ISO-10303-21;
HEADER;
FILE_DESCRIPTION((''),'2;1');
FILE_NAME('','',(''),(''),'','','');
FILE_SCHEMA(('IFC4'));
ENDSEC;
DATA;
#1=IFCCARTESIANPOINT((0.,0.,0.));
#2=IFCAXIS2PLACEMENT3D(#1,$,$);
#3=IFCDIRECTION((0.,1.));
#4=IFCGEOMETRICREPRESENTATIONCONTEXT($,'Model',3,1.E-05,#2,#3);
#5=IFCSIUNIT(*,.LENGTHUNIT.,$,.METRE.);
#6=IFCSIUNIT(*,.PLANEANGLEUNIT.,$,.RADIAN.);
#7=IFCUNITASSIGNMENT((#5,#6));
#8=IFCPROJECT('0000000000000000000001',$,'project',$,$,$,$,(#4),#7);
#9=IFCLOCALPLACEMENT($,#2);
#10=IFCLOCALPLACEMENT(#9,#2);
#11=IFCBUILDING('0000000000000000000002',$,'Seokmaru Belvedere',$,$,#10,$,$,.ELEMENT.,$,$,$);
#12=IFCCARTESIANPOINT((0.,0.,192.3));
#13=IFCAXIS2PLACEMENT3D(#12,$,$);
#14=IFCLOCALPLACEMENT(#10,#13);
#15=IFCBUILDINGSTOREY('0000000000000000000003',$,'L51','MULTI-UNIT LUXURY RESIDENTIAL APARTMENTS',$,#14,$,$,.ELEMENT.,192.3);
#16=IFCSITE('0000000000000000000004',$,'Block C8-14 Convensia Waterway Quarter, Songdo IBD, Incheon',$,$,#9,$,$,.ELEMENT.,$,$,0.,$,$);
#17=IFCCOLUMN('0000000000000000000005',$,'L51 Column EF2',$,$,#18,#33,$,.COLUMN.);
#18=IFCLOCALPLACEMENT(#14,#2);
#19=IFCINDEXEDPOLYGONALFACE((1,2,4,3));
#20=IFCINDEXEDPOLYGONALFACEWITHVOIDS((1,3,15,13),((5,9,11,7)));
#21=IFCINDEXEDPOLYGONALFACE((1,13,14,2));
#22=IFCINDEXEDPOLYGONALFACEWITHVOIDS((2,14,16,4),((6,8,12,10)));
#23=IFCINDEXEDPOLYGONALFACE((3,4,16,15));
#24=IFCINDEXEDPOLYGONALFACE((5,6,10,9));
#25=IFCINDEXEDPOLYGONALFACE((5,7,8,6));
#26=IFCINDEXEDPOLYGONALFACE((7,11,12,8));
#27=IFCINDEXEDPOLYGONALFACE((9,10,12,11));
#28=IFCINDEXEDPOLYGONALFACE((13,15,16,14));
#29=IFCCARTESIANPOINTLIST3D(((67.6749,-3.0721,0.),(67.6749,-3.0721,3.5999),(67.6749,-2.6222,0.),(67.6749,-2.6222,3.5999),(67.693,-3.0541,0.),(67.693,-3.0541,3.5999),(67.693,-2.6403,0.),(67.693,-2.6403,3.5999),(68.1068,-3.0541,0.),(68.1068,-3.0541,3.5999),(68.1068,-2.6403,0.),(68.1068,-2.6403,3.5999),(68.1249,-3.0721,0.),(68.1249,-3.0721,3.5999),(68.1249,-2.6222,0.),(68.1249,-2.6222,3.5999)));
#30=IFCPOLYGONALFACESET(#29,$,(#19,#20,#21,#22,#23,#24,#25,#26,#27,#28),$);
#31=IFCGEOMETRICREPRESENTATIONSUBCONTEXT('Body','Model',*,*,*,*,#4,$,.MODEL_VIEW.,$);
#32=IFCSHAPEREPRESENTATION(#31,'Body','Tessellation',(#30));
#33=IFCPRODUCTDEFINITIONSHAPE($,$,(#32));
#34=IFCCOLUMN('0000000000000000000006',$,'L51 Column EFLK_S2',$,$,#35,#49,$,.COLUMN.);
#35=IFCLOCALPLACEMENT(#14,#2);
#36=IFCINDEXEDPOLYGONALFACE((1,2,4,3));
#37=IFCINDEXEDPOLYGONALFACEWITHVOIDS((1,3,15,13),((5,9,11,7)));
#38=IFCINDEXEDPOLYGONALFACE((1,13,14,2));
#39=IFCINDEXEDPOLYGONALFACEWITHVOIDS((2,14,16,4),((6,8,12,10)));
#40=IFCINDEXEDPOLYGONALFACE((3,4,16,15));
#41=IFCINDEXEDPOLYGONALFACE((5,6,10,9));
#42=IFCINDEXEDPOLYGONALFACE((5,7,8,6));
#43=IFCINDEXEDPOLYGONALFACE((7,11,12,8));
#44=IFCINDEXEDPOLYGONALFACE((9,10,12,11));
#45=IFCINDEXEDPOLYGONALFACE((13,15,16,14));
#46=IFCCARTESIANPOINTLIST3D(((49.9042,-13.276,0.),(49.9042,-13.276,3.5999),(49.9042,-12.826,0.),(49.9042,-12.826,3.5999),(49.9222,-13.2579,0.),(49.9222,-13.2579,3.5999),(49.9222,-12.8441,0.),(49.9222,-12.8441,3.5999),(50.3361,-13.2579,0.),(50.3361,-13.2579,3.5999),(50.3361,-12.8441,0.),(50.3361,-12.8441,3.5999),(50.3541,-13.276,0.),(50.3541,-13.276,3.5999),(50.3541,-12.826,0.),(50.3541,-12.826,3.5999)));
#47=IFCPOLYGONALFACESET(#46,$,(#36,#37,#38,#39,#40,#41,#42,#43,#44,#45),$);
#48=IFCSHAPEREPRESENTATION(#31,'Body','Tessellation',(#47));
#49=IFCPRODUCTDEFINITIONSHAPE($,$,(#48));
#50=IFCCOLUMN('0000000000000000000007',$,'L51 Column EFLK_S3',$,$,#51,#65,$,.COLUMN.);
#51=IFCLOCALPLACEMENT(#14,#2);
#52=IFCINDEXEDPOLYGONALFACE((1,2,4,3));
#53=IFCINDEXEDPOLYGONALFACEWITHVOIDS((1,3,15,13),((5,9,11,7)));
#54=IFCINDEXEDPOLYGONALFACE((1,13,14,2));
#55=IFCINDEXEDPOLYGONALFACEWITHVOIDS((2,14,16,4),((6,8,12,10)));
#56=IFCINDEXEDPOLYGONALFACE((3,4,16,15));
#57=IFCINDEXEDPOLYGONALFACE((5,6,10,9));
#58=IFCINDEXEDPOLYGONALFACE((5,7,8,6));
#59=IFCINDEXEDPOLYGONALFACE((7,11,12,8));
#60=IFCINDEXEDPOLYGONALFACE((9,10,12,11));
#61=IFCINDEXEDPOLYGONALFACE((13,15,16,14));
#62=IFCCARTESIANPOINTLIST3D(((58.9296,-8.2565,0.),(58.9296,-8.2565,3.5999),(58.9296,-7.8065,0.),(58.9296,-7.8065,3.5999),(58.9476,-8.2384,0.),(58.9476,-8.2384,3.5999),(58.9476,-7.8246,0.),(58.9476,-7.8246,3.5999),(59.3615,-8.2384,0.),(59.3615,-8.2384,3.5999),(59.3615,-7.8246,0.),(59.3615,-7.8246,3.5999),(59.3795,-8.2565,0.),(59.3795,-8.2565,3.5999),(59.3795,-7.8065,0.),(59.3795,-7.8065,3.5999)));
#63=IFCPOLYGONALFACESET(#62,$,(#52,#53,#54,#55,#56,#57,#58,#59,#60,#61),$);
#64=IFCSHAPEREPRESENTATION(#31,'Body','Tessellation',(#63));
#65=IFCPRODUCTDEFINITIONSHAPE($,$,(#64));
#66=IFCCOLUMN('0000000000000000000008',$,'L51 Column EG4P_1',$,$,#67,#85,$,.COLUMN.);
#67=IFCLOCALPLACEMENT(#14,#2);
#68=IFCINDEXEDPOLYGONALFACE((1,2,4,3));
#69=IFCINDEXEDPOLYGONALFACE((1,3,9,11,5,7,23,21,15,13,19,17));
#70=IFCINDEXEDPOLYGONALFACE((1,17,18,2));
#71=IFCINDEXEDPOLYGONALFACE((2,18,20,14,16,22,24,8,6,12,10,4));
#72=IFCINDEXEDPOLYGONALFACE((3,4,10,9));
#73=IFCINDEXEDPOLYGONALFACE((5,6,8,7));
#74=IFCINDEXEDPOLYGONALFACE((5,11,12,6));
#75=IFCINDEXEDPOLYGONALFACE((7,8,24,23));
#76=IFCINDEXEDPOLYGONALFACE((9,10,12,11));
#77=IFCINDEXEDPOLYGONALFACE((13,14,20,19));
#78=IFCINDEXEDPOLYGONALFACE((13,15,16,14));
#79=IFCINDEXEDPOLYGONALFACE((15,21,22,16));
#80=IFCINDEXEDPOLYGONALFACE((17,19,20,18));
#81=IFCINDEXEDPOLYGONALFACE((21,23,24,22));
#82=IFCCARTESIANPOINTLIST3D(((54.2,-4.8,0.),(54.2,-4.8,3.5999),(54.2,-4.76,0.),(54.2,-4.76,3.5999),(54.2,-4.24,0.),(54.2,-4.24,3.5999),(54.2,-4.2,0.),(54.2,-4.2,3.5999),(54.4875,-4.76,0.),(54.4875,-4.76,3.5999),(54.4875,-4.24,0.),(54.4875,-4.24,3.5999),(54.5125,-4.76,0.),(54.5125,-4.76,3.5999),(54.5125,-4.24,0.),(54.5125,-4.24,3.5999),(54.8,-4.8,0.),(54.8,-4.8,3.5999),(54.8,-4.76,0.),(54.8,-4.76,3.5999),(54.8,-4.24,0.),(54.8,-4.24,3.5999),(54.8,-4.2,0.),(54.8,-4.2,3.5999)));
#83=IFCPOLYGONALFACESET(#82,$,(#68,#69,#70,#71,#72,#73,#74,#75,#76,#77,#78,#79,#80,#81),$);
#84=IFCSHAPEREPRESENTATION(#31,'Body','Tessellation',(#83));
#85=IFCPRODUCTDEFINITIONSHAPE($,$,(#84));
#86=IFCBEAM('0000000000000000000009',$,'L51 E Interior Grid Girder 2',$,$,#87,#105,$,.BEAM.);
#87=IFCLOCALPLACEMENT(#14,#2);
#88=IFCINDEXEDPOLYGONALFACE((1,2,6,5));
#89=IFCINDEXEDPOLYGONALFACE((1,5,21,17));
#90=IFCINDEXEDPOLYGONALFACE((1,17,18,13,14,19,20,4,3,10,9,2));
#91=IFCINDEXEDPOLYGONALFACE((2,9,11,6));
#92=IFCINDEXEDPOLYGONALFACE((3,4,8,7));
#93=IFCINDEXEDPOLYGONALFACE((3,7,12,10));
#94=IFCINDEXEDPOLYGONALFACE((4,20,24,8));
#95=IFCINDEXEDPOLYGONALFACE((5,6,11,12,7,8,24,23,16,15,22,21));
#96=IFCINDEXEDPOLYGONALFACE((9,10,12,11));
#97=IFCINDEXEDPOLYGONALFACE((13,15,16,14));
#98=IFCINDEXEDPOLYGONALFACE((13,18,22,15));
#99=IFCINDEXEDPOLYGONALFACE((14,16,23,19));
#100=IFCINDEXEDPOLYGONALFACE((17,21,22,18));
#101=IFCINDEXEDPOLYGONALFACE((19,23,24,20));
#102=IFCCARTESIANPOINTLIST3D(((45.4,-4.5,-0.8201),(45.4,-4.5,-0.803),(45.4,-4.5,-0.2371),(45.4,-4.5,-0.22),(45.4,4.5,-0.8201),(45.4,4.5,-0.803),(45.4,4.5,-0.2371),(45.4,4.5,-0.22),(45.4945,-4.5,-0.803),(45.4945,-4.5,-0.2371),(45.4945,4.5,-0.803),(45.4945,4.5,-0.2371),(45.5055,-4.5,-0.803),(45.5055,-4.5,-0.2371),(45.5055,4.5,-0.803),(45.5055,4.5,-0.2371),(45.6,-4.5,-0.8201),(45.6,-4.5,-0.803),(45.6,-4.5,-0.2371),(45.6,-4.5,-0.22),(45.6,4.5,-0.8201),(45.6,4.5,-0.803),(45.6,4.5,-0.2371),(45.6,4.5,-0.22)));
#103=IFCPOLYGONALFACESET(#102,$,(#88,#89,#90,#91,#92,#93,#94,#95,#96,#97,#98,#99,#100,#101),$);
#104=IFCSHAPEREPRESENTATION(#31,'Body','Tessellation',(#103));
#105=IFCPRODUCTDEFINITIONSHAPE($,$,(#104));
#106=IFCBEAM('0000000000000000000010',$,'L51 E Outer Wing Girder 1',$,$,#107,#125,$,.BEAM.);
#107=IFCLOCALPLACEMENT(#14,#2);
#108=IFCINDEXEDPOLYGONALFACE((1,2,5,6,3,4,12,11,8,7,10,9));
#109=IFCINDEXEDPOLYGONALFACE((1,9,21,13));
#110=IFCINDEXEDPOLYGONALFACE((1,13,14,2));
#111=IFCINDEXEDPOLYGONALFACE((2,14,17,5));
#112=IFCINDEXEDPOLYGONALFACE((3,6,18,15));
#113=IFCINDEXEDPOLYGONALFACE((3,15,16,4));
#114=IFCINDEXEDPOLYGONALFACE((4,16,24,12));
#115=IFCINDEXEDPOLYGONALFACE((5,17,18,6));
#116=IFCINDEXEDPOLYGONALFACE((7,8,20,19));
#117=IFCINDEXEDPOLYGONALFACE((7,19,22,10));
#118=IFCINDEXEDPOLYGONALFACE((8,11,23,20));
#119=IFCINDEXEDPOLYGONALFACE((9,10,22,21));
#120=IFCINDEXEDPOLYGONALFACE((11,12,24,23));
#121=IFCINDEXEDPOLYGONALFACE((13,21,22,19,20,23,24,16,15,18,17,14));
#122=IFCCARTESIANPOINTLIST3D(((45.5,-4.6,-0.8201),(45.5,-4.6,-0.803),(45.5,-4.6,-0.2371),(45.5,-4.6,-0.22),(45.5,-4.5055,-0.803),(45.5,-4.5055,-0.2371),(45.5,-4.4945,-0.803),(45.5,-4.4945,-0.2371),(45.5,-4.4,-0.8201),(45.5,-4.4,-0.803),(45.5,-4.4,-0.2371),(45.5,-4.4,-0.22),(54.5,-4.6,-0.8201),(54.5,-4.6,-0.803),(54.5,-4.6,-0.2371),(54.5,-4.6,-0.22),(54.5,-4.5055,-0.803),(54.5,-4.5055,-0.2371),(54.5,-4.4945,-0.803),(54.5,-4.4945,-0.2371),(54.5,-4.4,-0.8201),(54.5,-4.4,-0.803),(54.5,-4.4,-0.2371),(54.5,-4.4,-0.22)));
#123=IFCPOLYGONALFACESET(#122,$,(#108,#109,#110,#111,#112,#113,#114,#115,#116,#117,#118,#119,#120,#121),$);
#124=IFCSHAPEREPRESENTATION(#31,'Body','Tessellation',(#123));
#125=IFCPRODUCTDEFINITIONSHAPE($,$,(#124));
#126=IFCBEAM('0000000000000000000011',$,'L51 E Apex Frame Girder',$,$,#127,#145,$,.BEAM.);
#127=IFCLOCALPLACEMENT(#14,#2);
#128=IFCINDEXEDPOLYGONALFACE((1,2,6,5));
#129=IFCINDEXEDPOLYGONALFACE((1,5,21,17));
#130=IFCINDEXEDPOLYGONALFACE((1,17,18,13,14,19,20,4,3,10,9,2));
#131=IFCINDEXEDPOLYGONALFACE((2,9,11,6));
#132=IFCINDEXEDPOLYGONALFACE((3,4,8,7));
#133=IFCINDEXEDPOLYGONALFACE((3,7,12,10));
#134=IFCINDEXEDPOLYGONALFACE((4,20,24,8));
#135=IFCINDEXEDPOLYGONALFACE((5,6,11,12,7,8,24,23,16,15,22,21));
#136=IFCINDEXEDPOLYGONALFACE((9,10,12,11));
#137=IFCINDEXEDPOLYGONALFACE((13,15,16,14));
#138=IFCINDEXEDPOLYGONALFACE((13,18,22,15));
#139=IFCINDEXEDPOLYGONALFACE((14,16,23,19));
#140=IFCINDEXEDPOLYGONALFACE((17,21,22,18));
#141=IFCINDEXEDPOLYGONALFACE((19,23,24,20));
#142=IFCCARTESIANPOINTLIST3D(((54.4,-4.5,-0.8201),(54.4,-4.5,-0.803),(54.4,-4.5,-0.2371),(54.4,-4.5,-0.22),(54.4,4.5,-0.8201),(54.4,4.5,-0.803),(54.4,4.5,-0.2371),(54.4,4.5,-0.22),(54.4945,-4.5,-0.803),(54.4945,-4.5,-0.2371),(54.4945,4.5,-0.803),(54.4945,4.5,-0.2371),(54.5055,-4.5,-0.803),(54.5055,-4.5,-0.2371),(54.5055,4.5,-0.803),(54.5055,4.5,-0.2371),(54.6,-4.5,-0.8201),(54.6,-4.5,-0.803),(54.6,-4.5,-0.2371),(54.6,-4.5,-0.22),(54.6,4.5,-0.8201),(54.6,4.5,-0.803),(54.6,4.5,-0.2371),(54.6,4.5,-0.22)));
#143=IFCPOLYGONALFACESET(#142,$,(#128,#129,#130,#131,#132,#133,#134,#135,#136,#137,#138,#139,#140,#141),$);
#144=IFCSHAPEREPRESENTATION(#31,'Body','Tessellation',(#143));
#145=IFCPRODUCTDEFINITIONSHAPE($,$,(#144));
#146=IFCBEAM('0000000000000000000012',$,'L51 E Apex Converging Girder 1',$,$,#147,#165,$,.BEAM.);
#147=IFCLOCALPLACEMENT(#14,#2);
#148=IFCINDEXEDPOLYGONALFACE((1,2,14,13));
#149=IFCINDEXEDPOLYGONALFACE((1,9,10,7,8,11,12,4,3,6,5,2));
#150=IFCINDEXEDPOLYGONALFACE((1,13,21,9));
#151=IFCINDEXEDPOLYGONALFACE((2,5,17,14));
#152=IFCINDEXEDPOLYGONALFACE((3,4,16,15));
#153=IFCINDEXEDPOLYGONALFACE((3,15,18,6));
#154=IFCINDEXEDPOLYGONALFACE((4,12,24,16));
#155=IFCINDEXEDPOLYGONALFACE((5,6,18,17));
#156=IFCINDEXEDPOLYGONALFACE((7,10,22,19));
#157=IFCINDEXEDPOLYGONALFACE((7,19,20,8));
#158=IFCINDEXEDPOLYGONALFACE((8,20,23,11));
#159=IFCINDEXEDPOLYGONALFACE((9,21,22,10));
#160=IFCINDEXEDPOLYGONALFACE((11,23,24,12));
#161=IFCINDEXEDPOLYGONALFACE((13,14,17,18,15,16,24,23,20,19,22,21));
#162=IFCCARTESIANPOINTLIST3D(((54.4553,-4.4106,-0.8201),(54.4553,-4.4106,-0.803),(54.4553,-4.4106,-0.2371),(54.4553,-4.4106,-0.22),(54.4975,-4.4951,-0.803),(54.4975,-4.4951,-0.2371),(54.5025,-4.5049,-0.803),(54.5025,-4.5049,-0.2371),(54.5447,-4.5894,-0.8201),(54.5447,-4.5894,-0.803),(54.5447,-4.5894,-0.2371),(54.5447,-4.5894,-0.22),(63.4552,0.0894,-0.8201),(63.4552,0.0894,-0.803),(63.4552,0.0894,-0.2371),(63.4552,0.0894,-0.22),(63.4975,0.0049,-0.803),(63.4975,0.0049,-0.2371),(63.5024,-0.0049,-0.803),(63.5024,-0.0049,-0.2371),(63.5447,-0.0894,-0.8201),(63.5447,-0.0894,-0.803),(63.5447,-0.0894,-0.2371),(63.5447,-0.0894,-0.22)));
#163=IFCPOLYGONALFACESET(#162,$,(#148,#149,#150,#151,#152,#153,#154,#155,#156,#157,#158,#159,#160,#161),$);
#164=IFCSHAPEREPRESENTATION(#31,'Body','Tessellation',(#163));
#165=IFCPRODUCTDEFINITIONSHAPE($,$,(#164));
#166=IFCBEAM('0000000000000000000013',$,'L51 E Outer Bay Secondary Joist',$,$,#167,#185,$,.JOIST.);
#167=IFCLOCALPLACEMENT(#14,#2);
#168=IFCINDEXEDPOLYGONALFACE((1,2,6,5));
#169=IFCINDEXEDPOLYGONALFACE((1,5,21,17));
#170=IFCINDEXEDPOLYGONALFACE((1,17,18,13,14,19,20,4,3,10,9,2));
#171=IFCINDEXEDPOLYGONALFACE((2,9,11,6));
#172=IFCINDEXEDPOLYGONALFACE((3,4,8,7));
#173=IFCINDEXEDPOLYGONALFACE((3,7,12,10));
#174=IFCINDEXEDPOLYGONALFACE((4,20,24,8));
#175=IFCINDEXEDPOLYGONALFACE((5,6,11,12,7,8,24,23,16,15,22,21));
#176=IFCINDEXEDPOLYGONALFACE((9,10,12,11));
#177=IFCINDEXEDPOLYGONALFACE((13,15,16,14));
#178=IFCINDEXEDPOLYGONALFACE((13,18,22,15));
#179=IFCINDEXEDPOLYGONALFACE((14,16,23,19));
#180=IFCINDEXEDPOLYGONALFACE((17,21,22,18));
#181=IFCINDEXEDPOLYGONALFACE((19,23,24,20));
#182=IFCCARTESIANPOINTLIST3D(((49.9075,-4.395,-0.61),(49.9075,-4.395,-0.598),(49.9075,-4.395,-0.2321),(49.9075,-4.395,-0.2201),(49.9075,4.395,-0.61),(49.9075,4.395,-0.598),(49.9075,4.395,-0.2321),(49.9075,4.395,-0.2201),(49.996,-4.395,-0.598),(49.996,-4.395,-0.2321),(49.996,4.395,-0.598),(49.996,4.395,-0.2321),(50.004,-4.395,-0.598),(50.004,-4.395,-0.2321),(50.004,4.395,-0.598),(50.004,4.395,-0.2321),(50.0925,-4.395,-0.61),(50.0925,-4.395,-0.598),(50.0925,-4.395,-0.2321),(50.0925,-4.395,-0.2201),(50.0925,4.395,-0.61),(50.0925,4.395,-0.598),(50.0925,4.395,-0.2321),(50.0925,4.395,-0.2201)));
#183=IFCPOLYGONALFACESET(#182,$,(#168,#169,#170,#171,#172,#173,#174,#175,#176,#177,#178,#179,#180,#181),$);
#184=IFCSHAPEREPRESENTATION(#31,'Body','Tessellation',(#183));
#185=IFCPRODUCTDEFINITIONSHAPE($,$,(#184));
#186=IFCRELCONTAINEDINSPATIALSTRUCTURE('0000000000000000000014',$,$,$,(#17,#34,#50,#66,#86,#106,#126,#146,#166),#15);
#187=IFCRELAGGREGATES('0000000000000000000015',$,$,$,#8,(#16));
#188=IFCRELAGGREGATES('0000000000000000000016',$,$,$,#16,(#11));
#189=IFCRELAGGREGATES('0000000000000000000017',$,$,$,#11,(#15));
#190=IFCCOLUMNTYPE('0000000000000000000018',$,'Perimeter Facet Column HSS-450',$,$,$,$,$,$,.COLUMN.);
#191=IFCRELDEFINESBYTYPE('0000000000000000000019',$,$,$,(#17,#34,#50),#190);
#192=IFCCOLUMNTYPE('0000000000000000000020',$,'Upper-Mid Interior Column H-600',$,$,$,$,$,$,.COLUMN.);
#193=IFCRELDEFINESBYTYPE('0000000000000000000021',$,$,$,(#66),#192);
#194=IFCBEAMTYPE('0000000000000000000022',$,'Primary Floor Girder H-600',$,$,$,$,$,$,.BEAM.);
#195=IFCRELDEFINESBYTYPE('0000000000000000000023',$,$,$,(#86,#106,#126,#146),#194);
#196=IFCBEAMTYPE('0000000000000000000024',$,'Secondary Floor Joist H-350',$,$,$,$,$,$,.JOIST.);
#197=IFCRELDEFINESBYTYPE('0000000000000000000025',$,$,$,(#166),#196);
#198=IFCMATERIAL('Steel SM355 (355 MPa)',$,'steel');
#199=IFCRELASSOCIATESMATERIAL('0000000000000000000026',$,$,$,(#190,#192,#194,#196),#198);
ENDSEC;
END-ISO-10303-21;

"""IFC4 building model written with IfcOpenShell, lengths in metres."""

from ifc_helpers import new_model, si_unit, direction, frame, origin, origin_2d, place, context, subcontext, project, spatial, hollow_rectangle, i_section, extrude, source, transform, mapped, material, material_profile, profile_set, type_object, type_shapes, element, save


model = new_model("IFC4")

# Units and contexts
model_context = context("Model", 3, precision=1e-05, world=origin(), true_north=direction((0.0, 1.0)))
body_context = subcontext(model_context, "Body", "Model", "MODEL_VIEW")
ifc_project = project(units=[si_unit("LENGTHUNIT", "METRE"), si_unit("PLANEANGLEUNIT", "RADIAN")], contexts=[model_context])

# Site, building, storey
site_placement = place(None, origin())
site = spatial("IfcSite", under=ifc_project, at=site_placement, Name="Block C8-14 Convensia Waterway Quarter, Songdo IBD, Incheon", CompositionType="ELEMENT", RefElevation=0.0)
building_placement = place(site_placement, origin())
building = spatial("IfcBuilding", under=site, at=building_placement, Name="Seokmaru Belvedere", CompositionType="ELEMENT")
storey_placement = place(building_placement, frame((0.0, 0.0, 192.3)))
storey = spatial("IfcBuildingStorey", under=building, at=storey_placement, Name="L51", Description="MULTI-UNIT LUXURY RESIDENTIAL APARTMENTS", CompositionType="ELEMENT", Elevation=192.3)

# Columns
ifc_material_1 = material(Name="Steel SM355 (355 MPa)", Category="steel")
ifc_material_profile_1 = material_profile(ifc_material_1, hollow_rectangle(XDim=0.45, YDim=0.45, WallThickness=0.0181, at=origin_2d()), Name="HSS-450x450x18")
ifc_profile_set_1 = profile_set([ifc_material_profile_1], Name="Steel SM355 (355 MPa)")
column_type_1 = type_object("IfcColumnType", Name="Perimeter Facet Column HSS-450", PredefinedType="COLUMN", material=ifc_profile_set_1)
shared_shape_1 = source(origin(), body_context, "Body", "SweptSolid", [
    extrude(hollow_rectangle(XDim=0.45, YDim=0.45, WallThickness=0.0181, at=origin_2d()), origin(), (0.0, 0.0, 1.0), 3.5999),
])
type_shapes(column_type_1, [shared_shape_1])
for number, where, z_axis, x_axis, name in (
    (1, (67.8999, -2.8472, 0.0), (0.0, 0.0, 1.0), (1.0, 0.0, 0.0), "L51 Column EF2"),
    (2, (50.1292, -13.051, 0.0), (0.0, 0.0, 1.0), (1.0, 0.0, 0.0), "L51 Column EFLK_S2"),
    (3, (59.1545, -8.0315, 0.0), (0.0, 0.0, 1.0), (1.0, 0.0, 0.0), "L51 Column EFLK_S3"),
):
    element("IfcColumn", number, at=place(storey_placement, frame(where, z_axis=z_axis, x_axis=x_axis)), inside=storey, type_object=column_type_1, Name=name, PredefinedType="COLUMN", context=body_context, shape_type="MappedRepresentation", body=[
        mapped(shared_shape_1, transform((0.0, 0.0, 0.0), scale=1.0)),
    ])
ifc_material_profile_2 = material_profile(ifc_material_1, i_section(OverallWidth=0.6001, OverallDepth=0.6001, WebThickness=0.0249, FlangeThickness=0.04, at=origin_2d()), Name="H-600x600x25x40")
ifc_profile_set_2 = profile_set([ifc_material_profile_2], Name="Steel SM355 (355 MPa)")
column_type_2 = type_object("IfcColumnType", Name="Upper-Mid Interior Column H-600", PredefinedType="COLUMN", material=ifc_profile_set_2)
shared_shape_2 = source(origin(), body_context, "Body", "SweptSolid", [
    extrude(i_section(OverallWidth=0.6001, OverallDepth=0.6001, WebThickness=0.0249, FlangeThickness=0.04, at=origin_2d()), origin(), (0.0, 0.0, 1.0), 3.5999),
])
type_shapes(column_type_2, [shared_shape_2])
column_placement = place(storey_placement, frame((54.5, -4.5, 0.0), z_axis=(0.0, 0.0, 1.0), x_axis=(1.0, 0.0, 0.0)))
element("IfcColumn", 4, at=column_placement, inside=storey, type_object=column_type_2, Name="L51 Column EG4P_1", PredefinedType="COLUMN", context=body_context, shape_type="MappedRepresentation", body=[
    mapped(shared_shape_2, transform((0.0, 0.0, 0.0), scale=1.0)),
])

# Beams
ifc_material_profile_3 = material_profile(ifc_material_1, i_section(OverallWidth=0.2, OverallDepth=0.6001, WebThickness=0.011, FlangeThickness=0.0171, at=origin_2d()), Name="H-600x200x11x17")
ifc_profile_set_3 = profile_set([ifc_material_profile_3], Name="Steel SM355 (355 MPa)")
beam_type_1 = type_object("IfcBeamType", Name="Primary Floor Girder H-600", PredefinedType="BEAM", material=ifc_profile_set_3)
shared_shape_3 = source(origin(), body_context, "Body", "SweptSolid", [
    extrude(i_section(OverallWidth=0.2, OverallDepth=0.6001, WebThickness=0.011, FlangeThickness=0.0171, at=origin_2d()), origin(), (0.0, 0.0, 1.0), 9.0),
])
for number, where, z_axis, x_axis, name in (
    (5, (45.5, -4.5, -0.52), (0.0, 1.0, 0.0), (-1.0, 0.0, 0.0), "L51 E Interior Grid Girder 2"),
    (6, (45.5, -4.5, -0.52), (1.0, 0.0, 0.0), (0.0, 1.0, 0.0), "L51 E Outer Wing Girder 1"),
    (7, (54.5, -4.5, -0.52), (0.0, 1.0, 0.0), (-1.0, 0.0, 0.0), "L51 E Apex Frame Girder"),
):
    element("IfcBeam", number, at=place(storey_placement, frame(where, z_axis=z_axis, x_axis=x_axis)), inside=storey, type_object=beam_type_1, Name=name, PredefinedType="BEAM", context=body_context, shape_type="MappedRepresentation", body=[
        mapped(shared_shape_3, transform((0.0, 0.0, 0.0), scale=1.0)),
    ])
shared_shape_4 = source(origin(), body_context, "Body", "SweptSolid", [
    extrude(i_section(OverallWidth=0.2, OverallDepth=0.6001, WebThickness=0.011, FlangeThickness=0.0171, at=origin_2d()), origin(), (0.0, 0.0, 1.0), 10.0623),
])
beam_1_placement = place(storey_placement, frame((54.5, -4.5, -0.52), z_axis=(0.894427, 0.447214, 0.0), x_axis=(-0.447214, 0.894427, 0.0)))
element("IfcBeam", 8, at=beam_1_placement, inside=storey, type_object=beam_type_1, Name="L51 E Apex Converging Girder 1", PredefinedType="BEAM", context=body_context, shape_type="MappedRepresentation", body=[
    mapped(shared_shape_4, transform((0.0, 0.0, 0.0), scale=1.0)),
])
ifc_material_profile_4 = material_profile(ifc_material_1, i_section(OverallWidth=0.1851, OverallDepth=0.3899, WebThickness=0.0081, FlangeThickness=0.012, at=origin_2d()), Name="H-390x185x8x12")
ifc_profile_set_4 = profile_set([ifc_material_profile_4], Name="Steel SM355 (355 MPa)")
beam_type_2 = type_object("IfcBeamType", Name="Secondary Floor Joist H-350", PredefinedType="JOIST", material=ifc_profile_set_4)
shared_shape_5 = source(origin(), body_context, "Body", "SweptSolid", [
    extrude(i_section(OverallWidth=0.1851, OverallDepth=0.3899, WebThickness=0.0081, FlangeThickness=0.012, at=origin_2d()), origin(), (0.0, 0.0, 1.0), 8.79),
])
type_shapes(beam_type_2, [shared_shape_5])
beam_2_placement = place(storey_placement, frame((50.0, -4.395, -0.415), z_axis=(0.0, 1.0, 0.0), x_axis=(-1.0, 0.0, 0.0)))
element("IfcBeam", 9, at=beam_2_placement, inside=storey, type_object=beam_type_2, Name="L51 E Outer Bay Secondary Joist", PredefinedType="JOIST", context=body_context, shape_type="MappedRepresentation", body=[
    mapped(shared_shape_5, transform((0.0, 0.0, 0.0), scale=1.0)),
])

save(model, "model.ifc")
